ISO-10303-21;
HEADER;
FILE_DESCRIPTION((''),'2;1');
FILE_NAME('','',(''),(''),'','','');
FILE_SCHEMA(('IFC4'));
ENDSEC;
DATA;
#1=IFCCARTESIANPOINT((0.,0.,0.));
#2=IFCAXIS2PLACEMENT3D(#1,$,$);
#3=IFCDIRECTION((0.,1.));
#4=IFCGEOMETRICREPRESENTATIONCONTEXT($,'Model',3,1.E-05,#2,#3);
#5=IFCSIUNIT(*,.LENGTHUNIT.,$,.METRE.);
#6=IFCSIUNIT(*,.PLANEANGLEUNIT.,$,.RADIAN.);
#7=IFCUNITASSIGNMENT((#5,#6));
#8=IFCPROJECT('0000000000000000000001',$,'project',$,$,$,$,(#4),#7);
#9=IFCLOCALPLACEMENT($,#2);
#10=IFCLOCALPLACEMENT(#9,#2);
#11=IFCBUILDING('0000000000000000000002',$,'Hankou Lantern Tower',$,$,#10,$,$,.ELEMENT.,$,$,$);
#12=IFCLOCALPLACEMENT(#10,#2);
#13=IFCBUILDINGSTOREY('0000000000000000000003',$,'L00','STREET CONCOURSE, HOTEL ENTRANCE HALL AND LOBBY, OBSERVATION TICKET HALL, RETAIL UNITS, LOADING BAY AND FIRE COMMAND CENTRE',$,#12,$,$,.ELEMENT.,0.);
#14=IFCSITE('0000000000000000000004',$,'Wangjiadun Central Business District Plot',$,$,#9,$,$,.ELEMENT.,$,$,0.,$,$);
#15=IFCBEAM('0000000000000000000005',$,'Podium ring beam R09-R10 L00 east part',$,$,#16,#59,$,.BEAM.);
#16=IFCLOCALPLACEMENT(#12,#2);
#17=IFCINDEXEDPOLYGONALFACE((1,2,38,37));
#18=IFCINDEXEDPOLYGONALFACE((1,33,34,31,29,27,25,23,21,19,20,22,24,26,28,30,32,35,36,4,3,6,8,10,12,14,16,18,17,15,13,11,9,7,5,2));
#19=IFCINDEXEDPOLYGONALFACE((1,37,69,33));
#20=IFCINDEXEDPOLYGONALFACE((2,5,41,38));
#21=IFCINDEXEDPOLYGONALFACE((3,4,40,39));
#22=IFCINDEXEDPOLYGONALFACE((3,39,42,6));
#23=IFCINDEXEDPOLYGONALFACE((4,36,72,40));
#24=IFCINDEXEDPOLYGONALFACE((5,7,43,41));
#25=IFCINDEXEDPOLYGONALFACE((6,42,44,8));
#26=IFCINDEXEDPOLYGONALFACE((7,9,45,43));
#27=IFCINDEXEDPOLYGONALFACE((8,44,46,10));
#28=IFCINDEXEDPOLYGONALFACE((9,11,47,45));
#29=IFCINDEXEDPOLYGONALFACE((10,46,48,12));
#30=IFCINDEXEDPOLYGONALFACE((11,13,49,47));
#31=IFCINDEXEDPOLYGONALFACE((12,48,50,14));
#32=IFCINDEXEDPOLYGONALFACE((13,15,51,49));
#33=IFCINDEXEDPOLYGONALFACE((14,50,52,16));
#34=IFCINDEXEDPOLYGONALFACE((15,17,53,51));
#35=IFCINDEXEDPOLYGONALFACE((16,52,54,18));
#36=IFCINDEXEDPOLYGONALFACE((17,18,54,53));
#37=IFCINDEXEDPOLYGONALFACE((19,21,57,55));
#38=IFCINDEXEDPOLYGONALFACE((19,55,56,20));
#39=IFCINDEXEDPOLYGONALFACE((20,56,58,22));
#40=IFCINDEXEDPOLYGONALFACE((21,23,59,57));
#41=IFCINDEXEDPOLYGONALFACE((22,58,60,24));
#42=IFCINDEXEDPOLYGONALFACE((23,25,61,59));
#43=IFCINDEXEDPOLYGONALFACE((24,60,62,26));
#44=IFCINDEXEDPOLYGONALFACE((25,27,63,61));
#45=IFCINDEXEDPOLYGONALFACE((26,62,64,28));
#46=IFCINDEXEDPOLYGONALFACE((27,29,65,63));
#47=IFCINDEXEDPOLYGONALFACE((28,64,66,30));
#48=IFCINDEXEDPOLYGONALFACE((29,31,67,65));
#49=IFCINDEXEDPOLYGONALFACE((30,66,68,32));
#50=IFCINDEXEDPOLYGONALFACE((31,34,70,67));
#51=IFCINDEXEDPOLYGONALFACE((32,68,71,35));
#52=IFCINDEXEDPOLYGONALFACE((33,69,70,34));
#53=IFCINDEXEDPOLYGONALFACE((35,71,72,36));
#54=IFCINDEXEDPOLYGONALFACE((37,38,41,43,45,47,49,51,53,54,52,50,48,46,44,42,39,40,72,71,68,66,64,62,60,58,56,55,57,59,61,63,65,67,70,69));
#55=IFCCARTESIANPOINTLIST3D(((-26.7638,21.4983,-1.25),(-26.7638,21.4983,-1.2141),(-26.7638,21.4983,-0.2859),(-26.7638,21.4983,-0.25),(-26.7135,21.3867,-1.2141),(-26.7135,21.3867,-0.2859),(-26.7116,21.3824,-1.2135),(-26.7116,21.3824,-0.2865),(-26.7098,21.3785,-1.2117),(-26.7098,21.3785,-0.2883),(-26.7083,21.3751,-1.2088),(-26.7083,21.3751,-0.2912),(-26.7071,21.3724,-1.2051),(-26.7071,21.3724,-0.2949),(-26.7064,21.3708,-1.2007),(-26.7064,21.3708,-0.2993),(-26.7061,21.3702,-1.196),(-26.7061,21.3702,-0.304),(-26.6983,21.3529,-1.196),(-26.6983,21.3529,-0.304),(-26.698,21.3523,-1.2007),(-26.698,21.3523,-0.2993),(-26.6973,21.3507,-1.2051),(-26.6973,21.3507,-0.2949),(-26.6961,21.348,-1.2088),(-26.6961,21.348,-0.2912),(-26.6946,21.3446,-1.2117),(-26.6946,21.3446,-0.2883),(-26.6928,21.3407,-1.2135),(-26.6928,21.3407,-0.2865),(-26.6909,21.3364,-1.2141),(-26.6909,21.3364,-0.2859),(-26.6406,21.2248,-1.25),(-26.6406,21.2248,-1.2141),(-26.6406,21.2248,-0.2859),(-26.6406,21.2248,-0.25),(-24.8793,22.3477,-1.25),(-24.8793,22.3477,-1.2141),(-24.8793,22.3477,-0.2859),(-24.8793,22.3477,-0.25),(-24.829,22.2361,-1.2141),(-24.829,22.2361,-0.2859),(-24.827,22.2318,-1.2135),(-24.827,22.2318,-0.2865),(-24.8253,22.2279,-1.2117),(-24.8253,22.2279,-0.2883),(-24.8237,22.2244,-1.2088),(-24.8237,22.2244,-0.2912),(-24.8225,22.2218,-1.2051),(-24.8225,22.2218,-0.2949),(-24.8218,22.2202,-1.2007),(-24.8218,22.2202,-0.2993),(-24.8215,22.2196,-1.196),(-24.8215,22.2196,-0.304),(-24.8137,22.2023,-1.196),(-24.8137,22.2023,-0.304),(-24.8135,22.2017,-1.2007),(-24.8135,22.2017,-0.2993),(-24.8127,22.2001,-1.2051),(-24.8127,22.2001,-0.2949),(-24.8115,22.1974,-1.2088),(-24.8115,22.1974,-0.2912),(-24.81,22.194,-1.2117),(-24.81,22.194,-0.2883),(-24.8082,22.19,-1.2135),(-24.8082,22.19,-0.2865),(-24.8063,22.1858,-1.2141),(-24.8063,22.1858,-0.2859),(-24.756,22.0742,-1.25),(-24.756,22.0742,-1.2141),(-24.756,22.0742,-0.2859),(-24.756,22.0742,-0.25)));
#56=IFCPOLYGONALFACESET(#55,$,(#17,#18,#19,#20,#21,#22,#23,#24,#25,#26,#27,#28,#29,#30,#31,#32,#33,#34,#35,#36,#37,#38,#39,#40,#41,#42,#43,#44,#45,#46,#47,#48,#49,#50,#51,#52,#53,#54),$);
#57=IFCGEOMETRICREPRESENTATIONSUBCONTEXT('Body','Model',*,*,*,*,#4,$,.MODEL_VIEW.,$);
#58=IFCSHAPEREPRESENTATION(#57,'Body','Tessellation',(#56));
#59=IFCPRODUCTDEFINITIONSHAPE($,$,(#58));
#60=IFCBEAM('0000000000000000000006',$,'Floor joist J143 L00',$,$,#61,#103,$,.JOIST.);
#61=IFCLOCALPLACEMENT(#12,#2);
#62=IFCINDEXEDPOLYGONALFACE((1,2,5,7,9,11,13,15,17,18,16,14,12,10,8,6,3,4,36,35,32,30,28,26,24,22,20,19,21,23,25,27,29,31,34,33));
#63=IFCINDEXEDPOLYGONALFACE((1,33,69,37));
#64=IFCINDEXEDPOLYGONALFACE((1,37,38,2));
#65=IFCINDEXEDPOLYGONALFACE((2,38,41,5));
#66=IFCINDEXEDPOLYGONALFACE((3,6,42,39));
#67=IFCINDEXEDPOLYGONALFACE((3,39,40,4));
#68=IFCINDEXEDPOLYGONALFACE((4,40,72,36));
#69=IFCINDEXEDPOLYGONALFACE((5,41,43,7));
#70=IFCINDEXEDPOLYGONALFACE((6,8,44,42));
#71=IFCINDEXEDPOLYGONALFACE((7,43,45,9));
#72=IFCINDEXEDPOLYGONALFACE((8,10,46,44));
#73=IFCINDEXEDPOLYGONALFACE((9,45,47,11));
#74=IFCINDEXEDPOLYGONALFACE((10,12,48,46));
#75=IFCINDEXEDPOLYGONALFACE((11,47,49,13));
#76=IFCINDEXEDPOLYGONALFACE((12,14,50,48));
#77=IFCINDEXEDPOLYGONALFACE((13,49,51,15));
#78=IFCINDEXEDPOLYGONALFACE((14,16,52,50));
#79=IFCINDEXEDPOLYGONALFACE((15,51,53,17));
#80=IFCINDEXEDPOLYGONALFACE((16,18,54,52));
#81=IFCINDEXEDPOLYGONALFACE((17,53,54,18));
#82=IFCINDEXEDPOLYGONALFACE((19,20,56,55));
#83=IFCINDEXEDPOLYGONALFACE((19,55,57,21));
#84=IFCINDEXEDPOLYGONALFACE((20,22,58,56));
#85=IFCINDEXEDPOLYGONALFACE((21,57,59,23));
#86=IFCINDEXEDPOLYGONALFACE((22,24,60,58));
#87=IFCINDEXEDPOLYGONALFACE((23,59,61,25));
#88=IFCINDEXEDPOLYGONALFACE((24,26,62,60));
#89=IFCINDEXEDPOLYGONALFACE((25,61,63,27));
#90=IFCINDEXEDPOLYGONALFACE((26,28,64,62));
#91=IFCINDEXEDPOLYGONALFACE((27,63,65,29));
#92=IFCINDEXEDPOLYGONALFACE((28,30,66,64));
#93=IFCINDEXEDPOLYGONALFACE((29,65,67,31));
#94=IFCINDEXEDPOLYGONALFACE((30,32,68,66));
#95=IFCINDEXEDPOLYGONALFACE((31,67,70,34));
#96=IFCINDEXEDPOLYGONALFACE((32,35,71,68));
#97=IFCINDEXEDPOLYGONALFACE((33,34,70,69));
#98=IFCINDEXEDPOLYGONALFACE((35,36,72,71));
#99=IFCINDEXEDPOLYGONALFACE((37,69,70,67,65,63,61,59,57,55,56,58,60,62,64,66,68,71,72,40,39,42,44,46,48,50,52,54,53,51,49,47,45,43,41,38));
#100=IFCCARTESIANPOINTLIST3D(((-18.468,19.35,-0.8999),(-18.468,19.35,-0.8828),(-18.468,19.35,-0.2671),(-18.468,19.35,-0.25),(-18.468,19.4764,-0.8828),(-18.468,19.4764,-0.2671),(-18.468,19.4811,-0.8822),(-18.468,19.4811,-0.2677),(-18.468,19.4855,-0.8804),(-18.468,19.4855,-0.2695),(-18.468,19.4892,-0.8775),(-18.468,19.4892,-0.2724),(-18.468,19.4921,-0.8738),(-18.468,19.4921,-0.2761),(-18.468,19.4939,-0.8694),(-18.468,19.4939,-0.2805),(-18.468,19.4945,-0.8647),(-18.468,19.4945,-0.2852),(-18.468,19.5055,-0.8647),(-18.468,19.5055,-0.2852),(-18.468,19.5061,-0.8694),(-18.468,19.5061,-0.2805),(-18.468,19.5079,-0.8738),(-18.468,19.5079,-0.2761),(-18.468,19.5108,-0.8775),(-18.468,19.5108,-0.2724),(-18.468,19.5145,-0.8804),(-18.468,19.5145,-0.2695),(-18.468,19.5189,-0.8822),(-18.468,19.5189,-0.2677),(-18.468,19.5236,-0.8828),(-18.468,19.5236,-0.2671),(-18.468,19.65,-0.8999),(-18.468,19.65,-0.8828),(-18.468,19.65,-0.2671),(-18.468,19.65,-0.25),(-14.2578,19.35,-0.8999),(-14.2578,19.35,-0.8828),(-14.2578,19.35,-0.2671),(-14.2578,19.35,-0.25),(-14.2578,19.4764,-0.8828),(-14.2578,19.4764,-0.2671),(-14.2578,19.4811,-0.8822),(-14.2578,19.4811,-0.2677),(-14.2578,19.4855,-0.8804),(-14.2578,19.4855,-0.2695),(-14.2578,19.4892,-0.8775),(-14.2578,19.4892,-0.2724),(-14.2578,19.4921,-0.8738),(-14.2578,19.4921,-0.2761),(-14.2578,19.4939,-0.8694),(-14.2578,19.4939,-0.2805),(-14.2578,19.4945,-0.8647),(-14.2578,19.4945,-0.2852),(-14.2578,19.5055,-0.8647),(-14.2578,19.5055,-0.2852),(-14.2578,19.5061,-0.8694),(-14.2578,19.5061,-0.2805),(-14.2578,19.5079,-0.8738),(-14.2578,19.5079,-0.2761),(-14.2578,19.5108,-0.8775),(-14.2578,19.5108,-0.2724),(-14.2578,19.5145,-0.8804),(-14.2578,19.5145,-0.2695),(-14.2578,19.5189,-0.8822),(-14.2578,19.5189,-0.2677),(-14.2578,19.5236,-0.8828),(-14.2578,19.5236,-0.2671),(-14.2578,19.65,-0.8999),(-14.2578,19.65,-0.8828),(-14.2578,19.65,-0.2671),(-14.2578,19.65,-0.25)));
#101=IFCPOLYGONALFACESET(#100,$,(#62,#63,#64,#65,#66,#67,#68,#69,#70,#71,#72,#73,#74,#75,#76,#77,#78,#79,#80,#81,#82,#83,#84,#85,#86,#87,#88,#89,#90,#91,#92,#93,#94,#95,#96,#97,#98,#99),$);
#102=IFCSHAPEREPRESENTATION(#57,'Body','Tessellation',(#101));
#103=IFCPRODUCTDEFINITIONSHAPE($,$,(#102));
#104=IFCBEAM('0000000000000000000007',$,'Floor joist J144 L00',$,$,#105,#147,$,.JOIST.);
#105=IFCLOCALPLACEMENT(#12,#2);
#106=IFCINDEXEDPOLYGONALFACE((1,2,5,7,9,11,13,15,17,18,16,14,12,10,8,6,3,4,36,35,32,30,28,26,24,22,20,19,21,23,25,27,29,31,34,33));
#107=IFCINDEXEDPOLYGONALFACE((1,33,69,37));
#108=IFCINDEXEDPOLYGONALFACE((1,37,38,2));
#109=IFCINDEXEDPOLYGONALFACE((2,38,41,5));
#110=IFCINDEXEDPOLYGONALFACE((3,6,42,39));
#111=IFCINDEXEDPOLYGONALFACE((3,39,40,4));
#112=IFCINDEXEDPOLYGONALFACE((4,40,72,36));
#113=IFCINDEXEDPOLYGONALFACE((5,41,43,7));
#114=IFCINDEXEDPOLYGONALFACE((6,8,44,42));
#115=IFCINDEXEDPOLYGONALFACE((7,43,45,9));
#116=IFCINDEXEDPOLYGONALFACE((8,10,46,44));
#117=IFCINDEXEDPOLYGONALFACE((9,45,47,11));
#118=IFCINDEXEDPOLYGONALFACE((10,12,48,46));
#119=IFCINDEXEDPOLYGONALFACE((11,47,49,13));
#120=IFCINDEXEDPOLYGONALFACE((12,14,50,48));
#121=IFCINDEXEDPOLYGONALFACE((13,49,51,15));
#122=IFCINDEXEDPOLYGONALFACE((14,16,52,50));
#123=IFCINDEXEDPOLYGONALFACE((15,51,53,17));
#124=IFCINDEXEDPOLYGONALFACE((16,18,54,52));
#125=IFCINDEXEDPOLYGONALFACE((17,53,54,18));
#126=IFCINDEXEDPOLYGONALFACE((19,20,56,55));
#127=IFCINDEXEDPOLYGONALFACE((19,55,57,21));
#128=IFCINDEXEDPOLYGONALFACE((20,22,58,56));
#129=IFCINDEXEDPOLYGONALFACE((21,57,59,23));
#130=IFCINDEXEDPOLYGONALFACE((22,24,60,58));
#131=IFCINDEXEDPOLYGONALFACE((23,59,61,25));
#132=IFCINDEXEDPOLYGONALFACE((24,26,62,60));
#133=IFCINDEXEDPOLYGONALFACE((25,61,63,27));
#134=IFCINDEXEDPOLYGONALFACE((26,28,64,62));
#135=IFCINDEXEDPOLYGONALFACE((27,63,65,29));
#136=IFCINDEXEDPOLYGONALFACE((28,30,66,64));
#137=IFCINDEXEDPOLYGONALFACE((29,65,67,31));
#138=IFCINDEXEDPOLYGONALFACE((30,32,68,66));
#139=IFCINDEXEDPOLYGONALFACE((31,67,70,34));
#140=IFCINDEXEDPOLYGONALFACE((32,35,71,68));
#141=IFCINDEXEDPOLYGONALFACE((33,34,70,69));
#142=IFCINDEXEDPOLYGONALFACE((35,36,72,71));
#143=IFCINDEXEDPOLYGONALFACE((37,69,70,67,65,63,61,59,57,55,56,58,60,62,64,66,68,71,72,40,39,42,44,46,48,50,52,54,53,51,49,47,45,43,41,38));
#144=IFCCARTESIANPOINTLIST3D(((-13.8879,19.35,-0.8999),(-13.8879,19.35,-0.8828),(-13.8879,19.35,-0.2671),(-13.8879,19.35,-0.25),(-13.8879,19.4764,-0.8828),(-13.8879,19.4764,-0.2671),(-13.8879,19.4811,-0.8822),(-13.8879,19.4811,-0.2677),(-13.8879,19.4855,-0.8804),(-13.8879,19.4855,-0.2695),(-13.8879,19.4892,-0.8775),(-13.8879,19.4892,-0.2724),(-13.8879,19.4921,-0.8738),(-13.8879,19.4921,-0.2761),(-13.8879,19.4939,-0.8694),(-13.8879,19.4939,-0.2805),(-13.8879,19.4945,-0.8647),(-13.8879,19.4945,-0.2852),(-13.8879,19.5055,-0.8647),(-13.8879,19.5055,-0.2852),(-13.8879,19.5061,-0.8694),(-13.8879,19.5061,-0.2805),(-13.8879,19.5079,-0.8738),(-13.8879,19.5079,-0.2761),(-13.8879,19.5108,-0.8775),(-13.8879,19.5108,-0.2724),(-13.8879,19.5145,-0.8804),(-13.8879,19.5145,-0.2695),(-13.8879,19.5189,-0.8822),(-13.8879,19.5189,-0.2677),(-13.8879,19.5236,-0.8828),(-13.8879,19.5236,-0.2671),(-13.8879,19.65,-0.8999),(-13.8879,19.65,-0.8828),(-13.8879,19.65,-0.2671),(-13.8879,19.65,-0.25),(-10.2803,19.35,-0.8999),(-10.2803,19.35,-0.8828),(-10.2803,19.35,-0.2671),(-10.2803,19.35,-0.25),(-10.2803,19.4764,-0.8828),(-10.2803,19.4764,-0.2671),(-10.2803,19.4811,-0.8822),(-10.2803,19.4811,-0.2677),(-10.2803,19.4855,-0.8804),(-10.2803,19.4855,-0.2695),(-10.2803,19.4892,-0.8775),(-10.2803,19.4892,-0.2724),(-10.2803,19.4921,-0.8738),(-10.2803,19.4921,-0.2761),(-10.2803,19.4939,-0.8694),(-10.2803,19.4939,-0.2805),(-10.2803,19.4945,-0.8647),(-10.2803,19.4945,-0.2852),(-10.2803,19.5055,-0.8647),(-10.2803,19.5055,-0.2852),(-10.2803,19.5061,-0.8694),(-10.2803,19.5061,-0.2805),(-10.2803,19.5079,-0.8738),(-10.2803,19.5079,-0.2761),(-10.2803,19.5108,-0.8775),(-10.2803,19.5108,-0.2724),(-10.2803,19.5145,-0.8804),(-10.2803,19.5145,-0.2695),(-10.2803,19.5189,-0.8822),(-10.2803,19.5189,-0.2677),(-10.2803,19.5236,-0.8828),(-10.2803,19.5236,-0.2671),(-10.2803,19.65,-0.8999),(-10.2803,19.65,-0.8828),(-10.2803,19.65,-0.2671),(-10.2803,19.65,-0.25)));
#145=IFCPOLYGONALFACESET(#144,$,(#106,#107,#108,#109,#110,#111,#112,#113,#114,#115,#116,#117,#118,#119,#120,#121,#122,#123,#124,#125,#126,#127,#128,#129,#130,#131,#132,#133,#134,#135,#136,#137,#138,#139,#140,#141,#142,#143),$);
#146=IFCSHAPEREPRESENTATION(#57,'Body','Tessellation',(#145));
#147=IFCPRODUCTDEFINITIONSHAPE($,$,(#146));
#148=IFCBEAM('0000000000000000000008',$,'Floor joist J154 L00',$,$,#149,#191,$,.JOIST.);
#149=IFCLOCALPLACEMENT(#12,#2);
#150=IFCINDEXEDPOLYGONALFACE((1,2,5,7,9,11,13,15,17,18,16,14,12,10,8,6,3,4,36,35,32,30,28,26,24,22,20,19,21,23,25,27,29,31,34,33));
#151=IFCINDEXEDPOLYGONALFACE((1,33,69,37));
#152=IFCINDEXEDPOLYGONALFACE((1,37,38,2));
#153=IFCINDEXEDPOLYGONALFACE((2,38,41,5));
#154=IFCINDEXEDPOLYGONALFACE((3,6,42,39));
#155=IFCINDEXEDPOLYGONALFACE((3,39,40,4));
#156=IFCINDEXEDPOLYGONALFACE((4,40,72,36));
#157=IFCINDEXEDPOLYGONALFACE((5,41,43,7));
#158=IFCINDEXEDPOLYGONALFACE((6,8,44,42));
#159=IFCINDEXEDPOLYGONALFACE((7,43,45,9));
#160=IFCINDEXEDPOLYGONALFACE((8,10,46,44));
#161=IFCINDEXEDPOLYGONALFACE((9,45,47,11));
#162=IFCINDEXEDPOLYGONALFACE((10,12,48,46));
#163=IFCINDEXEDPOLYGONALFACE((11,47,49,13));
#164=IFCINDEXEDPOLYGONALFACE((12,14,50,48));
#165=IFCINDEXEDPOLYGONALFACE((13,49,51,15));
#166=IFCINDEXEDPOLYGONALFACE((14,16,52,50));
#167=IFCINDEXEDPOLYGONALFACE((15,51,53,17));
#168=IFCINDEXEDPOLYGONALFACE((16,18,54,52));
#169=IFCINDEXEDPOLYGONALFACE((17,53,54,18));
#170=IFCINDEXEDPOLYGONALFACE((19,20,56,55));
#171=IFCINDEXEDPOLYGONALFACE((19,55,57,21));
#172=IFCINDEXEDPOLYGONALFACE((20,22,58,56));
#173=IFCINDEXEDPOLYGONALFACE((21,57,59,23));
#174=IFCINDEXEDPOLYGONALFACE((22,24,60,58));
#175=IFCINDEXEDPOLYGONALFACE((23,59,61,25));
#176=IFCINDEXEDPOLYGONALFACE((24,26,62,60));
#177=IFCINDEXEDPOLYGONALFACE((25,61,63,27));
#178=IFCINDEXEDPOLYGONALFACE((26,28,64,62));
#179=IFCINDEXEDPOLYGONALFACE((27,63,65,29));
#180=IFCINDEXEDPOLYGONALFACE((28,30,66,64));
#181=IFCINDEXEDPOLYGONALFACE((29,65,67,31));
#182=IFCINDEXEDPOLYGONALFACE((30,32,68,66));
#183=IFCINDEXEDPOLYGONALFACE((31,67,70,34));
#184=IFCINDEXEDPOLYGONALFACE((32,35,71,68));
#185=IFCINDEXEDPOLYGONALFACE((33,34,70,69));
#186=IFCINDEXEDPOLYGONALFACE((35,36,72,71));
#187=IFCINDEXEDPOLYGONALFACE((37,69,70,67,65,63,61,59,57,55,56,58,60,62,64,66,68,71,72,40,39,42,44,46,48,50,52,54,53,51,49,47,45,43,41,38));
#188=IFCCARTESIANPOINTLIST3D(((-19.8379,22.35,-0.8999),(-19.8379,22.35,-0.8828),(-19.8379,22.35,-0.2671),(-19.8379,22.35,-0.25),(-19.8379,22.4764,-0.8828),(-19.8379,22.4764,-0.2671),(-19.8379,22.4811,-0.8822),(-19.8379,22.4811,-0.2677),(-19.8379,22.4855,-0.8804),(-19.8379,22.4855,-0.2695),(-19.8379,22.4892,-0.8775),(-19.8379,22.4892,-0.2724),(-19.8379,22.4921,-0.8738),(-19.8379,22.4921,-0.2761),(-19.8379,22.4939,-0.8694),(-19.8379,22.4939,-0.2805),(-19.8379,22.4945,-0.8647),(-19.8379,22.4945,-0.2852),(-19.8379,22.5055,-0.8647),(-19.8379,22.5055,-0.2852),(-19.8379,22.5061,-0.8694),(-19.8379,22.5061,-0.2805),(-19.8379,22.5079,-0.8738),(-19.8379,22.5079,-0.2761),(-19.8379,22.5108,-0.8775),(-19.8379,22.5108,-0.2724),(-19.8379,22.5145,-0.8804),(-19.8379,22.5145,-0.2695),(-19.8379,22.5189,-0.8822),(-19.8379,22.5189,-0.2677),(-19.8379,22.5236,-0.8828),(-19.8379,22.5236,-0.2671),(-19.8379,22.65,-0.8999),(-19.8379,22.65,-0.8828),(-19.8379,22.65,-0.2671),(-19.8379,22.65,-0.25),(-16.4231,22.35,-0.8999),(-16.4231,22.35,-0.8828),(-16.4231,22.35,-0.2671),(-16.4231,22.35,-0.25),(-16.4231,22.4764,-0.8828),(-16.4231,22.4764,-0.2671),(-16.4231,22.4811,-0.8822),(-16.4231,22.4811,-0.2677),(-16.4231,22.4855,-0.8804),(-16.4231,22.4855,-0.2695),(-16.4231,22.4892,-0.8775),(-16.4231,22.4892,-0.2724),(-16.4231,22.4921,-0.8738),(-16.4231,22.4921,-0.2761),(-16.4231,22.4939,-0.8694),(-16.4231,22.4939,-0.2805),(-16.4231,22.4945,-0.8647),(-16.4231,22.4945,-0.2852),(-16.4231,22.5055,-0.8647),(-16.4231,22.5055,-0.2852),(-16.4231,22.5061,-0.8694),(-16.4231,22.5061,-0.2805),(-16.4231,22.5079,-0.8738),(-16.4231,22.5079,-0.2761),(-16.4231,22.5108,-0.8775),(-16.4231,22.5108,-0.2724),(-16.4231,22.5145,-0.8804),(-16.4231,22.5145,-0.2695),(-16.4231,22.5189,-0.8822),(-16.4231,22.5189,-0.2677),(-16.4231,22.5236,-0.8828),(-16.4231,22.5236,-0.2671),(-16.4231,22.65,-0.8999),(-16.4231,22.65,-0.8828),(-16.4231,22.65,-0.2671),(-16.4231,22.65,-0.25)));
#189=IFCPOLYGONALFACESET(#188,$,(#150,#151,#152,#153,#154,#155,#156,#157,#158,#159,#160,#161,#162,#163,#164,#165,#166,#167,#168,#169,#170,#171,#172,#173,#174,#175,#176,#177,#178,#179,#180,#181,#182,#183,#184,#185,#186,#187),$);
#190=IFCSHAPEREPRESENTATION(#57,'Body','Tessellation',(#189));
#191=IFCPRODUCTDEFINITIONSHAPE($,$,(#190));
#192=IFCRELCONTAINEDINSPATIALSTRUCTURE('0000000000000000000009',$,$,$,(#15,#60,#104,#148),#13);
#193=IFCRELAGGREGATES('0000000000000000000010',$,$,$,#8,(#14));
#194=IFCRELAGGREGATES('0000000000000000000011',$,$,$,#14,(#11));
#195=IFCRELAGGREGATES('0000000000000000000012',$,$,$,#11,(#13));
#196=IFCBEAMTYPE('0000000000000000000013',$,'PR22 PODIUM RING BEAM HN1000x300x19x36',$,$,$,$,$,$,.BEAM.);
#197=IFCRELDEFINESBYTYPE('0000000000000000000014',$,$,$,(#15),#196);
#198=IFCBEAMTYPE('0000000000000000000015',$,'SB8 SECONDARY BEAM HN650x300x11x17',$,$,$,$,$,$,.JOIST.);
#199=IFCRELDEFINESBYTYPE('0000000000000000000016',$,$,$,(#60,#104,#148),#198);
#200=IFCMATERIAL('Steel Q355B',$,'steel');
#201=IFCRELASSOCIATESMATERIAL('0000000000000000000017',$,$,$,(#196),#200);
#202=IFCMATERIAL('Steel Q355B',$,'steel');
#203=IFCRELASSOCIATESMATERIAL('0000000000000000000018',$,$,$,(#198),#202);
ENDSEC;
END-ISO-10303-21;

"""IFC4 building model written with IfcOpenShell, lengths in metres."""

from ifc_helpers import new_model, si_unit, direction, frame, origin, origin_2d, place, context, subcontext, project, spatial, i_section, extrude, material, material_profile, profile_set, type_object, element, save


model = new_model("IFC4")

# Units and contexts
model_context = context("Model", 3, precision=1e-05, world=origin(), true_north=direction((0.0, 1.0)))
body_context = subcontext(model_context, "Body", "Model", "MODEL_VIEW")
ifc_project = project(units=[si_unit("LENGTHUNIT", "METRE"), si_unit("PLANEANGLEUNIT", "RADIAN")], contexts=[model_context])

# Site, building, storey
site_placement = place(None, origin())
site = spatial("IfcSite", under=ifc_project, at=site_placement, Name="Wangjiadun Central Business District Plot", CompositionType="ELEMENT", RefElevation=0.0)
building_placement = place(site_placement, origin())
building = spatial("IfcBuilding", under=site, at=building_placement, Name="Hankou Lantern Tower", CompositionType="ELEMENT")
storey_placement = place(building_placement, origin())
storey = spatial("IfcBuildingStorey", under=building, at=storey_placement, Name="L00", Description="STREET CONCOURSE, HOTEL ENTRANCE HALL AND LOBBY, OBSERVATION TICKET HALL, RETAIL UNITS, LOADING BAY AND FIRE COMMAND CENTRE", CompositionType="ELEMENT", Elevation=0.0)

# Beams
ifc_material_1 = material(Name="Steel Q355B", Category="steel")
ifc_material_profile_1 = material_profile(ifc_material_1, i_section(OverallWidth=0.3, OverallDepth=1.0, WebThickness=0.019, FlangeThickness=0.0359, FilletRadius=0.0181, at=origin_2d()), Name="HN1000x300x19x36")
ifc_profile_set_1 = profile_set([ifc_material_profile_1], Name="Steel Q355B")
beam_type_1 = type_object("IfcBeamType", Name="PR22 PODIUM RING BEAM HN1000x300x19x36", PredefinedType="BEAM", material=ifc_profile_set_1)
beam_1_placement = place(storey_placement, frame((-24.8176, 22.2109, -0.75), z_axis=(-0.91168, -0.4109, 0.0), x_axis=(0.4109, -0.91168, 0.0)))
element("IfcBeam", 1, at=beam_1_placement, inside=storey, type_object=beam_type_1, Name="Podium ring beam R09-R10 L00 east part", PredefinedType="BEAM", context=body_context, shape_type="SweptSolid", body=[
    extrude(i_section(OverallWidth=0.3, OverallDepth=1.0, WebThickness=0.019, FlangeThickness=0.0359, FilletRadius=0.0181, at=origin_2d()), origin(), (0.0, 0.0, 1.0), 2.0671),
])
ifc_material_2 = material(Name="Steel Q355B", Category="steel")
ifc_material_profile_2 = material_profile(ifc_material_2, i_section(OverallWidth=0.3, OverallDepth=0.6499, WebThickness=0.011, FlangeThickness=0.0171, FilletRadius=0.0181, at=origin_2d()), Name="HN650x300x11x17")
ifc_profile_set_2 = profile_set([ifc_material_profile_2], Name="Steel Q355B")
beam_type_2 = type_object("IfcBeamType", Name="SB8 SECONDARY BEAM HN650x300x11x17", PredefinedType="JOIST", material=ifc_profile_set_2)
beam_2_placement = place(storey_placement, frame((-18.468, 19.5, -0.575), z_axis=(1.0, 0.0, 0.0), x_axis=(0.0, 1.0, 0.0)))
element("IfcBeam", 2, at=beam_2_placement, inside=storey, type_object=beam_type_2, Name="Floor joist J143 L00", PredefinedType="JOIST", context=body_context, shape_type="SweptSolid", body=[
    extrude(i_section(OverallWidth=0.3, OverallDepth=0.6499, WebThickness=0.011, FlangeThickness=0.0171, FilletRadius=0.0181, at=origin_2d()), origin(), (0.0, 0.0, 1.0), 4.2102),
])
beam_3_placement = place(storey_placement, frame((-13.8879, 19.5, -0.575), z_axis=(1.0, 0.0, 0.0), x_axis=(0.0, 1.0, 0.0)))
element("IfcBeam", 3, at=beam_3_placement, inside=storey, type_object=beam_type_2, Name="Floor joist J144 L00", PredefinedType="JOIST", context=body_context, shape_type="SweptSolid", body=[
    extrude(i_section(OverallWidth=0.3, OverallDepth=0.6499, WebThickness=0.011, FlangeThickness=0.0171, FilletRadius=0.0181, at=origin_2d()), origin(), (0.0, 0.0, 1.0), 3.6077),
])
beam_4_placement = place(storey_placement, frame((-19.8379, 22.5, -0.575), z_axis=(1.0, 0.0, 0.0), x_axis=(0.0, 1.0, 0.0)))
element("IfcBeam", 4, at=beam_4_placement, inside=storey, type_object=beam_type_2, Name="Floor joist J154 L00", PredefinedType="JOIST", context=body_context, shape_type="SweptSolid", body=[
    extrude(i_section(OverallWidth=0.3, OverallDepth=0.6499, WebThickness=0.011, FlangeThickness=0.0171, FilletRadius=0.0181, at=origin_2d()), origin(), (0.0, 0.0, 1.0), 3.4148),
])

save(model, "model.ifc")
